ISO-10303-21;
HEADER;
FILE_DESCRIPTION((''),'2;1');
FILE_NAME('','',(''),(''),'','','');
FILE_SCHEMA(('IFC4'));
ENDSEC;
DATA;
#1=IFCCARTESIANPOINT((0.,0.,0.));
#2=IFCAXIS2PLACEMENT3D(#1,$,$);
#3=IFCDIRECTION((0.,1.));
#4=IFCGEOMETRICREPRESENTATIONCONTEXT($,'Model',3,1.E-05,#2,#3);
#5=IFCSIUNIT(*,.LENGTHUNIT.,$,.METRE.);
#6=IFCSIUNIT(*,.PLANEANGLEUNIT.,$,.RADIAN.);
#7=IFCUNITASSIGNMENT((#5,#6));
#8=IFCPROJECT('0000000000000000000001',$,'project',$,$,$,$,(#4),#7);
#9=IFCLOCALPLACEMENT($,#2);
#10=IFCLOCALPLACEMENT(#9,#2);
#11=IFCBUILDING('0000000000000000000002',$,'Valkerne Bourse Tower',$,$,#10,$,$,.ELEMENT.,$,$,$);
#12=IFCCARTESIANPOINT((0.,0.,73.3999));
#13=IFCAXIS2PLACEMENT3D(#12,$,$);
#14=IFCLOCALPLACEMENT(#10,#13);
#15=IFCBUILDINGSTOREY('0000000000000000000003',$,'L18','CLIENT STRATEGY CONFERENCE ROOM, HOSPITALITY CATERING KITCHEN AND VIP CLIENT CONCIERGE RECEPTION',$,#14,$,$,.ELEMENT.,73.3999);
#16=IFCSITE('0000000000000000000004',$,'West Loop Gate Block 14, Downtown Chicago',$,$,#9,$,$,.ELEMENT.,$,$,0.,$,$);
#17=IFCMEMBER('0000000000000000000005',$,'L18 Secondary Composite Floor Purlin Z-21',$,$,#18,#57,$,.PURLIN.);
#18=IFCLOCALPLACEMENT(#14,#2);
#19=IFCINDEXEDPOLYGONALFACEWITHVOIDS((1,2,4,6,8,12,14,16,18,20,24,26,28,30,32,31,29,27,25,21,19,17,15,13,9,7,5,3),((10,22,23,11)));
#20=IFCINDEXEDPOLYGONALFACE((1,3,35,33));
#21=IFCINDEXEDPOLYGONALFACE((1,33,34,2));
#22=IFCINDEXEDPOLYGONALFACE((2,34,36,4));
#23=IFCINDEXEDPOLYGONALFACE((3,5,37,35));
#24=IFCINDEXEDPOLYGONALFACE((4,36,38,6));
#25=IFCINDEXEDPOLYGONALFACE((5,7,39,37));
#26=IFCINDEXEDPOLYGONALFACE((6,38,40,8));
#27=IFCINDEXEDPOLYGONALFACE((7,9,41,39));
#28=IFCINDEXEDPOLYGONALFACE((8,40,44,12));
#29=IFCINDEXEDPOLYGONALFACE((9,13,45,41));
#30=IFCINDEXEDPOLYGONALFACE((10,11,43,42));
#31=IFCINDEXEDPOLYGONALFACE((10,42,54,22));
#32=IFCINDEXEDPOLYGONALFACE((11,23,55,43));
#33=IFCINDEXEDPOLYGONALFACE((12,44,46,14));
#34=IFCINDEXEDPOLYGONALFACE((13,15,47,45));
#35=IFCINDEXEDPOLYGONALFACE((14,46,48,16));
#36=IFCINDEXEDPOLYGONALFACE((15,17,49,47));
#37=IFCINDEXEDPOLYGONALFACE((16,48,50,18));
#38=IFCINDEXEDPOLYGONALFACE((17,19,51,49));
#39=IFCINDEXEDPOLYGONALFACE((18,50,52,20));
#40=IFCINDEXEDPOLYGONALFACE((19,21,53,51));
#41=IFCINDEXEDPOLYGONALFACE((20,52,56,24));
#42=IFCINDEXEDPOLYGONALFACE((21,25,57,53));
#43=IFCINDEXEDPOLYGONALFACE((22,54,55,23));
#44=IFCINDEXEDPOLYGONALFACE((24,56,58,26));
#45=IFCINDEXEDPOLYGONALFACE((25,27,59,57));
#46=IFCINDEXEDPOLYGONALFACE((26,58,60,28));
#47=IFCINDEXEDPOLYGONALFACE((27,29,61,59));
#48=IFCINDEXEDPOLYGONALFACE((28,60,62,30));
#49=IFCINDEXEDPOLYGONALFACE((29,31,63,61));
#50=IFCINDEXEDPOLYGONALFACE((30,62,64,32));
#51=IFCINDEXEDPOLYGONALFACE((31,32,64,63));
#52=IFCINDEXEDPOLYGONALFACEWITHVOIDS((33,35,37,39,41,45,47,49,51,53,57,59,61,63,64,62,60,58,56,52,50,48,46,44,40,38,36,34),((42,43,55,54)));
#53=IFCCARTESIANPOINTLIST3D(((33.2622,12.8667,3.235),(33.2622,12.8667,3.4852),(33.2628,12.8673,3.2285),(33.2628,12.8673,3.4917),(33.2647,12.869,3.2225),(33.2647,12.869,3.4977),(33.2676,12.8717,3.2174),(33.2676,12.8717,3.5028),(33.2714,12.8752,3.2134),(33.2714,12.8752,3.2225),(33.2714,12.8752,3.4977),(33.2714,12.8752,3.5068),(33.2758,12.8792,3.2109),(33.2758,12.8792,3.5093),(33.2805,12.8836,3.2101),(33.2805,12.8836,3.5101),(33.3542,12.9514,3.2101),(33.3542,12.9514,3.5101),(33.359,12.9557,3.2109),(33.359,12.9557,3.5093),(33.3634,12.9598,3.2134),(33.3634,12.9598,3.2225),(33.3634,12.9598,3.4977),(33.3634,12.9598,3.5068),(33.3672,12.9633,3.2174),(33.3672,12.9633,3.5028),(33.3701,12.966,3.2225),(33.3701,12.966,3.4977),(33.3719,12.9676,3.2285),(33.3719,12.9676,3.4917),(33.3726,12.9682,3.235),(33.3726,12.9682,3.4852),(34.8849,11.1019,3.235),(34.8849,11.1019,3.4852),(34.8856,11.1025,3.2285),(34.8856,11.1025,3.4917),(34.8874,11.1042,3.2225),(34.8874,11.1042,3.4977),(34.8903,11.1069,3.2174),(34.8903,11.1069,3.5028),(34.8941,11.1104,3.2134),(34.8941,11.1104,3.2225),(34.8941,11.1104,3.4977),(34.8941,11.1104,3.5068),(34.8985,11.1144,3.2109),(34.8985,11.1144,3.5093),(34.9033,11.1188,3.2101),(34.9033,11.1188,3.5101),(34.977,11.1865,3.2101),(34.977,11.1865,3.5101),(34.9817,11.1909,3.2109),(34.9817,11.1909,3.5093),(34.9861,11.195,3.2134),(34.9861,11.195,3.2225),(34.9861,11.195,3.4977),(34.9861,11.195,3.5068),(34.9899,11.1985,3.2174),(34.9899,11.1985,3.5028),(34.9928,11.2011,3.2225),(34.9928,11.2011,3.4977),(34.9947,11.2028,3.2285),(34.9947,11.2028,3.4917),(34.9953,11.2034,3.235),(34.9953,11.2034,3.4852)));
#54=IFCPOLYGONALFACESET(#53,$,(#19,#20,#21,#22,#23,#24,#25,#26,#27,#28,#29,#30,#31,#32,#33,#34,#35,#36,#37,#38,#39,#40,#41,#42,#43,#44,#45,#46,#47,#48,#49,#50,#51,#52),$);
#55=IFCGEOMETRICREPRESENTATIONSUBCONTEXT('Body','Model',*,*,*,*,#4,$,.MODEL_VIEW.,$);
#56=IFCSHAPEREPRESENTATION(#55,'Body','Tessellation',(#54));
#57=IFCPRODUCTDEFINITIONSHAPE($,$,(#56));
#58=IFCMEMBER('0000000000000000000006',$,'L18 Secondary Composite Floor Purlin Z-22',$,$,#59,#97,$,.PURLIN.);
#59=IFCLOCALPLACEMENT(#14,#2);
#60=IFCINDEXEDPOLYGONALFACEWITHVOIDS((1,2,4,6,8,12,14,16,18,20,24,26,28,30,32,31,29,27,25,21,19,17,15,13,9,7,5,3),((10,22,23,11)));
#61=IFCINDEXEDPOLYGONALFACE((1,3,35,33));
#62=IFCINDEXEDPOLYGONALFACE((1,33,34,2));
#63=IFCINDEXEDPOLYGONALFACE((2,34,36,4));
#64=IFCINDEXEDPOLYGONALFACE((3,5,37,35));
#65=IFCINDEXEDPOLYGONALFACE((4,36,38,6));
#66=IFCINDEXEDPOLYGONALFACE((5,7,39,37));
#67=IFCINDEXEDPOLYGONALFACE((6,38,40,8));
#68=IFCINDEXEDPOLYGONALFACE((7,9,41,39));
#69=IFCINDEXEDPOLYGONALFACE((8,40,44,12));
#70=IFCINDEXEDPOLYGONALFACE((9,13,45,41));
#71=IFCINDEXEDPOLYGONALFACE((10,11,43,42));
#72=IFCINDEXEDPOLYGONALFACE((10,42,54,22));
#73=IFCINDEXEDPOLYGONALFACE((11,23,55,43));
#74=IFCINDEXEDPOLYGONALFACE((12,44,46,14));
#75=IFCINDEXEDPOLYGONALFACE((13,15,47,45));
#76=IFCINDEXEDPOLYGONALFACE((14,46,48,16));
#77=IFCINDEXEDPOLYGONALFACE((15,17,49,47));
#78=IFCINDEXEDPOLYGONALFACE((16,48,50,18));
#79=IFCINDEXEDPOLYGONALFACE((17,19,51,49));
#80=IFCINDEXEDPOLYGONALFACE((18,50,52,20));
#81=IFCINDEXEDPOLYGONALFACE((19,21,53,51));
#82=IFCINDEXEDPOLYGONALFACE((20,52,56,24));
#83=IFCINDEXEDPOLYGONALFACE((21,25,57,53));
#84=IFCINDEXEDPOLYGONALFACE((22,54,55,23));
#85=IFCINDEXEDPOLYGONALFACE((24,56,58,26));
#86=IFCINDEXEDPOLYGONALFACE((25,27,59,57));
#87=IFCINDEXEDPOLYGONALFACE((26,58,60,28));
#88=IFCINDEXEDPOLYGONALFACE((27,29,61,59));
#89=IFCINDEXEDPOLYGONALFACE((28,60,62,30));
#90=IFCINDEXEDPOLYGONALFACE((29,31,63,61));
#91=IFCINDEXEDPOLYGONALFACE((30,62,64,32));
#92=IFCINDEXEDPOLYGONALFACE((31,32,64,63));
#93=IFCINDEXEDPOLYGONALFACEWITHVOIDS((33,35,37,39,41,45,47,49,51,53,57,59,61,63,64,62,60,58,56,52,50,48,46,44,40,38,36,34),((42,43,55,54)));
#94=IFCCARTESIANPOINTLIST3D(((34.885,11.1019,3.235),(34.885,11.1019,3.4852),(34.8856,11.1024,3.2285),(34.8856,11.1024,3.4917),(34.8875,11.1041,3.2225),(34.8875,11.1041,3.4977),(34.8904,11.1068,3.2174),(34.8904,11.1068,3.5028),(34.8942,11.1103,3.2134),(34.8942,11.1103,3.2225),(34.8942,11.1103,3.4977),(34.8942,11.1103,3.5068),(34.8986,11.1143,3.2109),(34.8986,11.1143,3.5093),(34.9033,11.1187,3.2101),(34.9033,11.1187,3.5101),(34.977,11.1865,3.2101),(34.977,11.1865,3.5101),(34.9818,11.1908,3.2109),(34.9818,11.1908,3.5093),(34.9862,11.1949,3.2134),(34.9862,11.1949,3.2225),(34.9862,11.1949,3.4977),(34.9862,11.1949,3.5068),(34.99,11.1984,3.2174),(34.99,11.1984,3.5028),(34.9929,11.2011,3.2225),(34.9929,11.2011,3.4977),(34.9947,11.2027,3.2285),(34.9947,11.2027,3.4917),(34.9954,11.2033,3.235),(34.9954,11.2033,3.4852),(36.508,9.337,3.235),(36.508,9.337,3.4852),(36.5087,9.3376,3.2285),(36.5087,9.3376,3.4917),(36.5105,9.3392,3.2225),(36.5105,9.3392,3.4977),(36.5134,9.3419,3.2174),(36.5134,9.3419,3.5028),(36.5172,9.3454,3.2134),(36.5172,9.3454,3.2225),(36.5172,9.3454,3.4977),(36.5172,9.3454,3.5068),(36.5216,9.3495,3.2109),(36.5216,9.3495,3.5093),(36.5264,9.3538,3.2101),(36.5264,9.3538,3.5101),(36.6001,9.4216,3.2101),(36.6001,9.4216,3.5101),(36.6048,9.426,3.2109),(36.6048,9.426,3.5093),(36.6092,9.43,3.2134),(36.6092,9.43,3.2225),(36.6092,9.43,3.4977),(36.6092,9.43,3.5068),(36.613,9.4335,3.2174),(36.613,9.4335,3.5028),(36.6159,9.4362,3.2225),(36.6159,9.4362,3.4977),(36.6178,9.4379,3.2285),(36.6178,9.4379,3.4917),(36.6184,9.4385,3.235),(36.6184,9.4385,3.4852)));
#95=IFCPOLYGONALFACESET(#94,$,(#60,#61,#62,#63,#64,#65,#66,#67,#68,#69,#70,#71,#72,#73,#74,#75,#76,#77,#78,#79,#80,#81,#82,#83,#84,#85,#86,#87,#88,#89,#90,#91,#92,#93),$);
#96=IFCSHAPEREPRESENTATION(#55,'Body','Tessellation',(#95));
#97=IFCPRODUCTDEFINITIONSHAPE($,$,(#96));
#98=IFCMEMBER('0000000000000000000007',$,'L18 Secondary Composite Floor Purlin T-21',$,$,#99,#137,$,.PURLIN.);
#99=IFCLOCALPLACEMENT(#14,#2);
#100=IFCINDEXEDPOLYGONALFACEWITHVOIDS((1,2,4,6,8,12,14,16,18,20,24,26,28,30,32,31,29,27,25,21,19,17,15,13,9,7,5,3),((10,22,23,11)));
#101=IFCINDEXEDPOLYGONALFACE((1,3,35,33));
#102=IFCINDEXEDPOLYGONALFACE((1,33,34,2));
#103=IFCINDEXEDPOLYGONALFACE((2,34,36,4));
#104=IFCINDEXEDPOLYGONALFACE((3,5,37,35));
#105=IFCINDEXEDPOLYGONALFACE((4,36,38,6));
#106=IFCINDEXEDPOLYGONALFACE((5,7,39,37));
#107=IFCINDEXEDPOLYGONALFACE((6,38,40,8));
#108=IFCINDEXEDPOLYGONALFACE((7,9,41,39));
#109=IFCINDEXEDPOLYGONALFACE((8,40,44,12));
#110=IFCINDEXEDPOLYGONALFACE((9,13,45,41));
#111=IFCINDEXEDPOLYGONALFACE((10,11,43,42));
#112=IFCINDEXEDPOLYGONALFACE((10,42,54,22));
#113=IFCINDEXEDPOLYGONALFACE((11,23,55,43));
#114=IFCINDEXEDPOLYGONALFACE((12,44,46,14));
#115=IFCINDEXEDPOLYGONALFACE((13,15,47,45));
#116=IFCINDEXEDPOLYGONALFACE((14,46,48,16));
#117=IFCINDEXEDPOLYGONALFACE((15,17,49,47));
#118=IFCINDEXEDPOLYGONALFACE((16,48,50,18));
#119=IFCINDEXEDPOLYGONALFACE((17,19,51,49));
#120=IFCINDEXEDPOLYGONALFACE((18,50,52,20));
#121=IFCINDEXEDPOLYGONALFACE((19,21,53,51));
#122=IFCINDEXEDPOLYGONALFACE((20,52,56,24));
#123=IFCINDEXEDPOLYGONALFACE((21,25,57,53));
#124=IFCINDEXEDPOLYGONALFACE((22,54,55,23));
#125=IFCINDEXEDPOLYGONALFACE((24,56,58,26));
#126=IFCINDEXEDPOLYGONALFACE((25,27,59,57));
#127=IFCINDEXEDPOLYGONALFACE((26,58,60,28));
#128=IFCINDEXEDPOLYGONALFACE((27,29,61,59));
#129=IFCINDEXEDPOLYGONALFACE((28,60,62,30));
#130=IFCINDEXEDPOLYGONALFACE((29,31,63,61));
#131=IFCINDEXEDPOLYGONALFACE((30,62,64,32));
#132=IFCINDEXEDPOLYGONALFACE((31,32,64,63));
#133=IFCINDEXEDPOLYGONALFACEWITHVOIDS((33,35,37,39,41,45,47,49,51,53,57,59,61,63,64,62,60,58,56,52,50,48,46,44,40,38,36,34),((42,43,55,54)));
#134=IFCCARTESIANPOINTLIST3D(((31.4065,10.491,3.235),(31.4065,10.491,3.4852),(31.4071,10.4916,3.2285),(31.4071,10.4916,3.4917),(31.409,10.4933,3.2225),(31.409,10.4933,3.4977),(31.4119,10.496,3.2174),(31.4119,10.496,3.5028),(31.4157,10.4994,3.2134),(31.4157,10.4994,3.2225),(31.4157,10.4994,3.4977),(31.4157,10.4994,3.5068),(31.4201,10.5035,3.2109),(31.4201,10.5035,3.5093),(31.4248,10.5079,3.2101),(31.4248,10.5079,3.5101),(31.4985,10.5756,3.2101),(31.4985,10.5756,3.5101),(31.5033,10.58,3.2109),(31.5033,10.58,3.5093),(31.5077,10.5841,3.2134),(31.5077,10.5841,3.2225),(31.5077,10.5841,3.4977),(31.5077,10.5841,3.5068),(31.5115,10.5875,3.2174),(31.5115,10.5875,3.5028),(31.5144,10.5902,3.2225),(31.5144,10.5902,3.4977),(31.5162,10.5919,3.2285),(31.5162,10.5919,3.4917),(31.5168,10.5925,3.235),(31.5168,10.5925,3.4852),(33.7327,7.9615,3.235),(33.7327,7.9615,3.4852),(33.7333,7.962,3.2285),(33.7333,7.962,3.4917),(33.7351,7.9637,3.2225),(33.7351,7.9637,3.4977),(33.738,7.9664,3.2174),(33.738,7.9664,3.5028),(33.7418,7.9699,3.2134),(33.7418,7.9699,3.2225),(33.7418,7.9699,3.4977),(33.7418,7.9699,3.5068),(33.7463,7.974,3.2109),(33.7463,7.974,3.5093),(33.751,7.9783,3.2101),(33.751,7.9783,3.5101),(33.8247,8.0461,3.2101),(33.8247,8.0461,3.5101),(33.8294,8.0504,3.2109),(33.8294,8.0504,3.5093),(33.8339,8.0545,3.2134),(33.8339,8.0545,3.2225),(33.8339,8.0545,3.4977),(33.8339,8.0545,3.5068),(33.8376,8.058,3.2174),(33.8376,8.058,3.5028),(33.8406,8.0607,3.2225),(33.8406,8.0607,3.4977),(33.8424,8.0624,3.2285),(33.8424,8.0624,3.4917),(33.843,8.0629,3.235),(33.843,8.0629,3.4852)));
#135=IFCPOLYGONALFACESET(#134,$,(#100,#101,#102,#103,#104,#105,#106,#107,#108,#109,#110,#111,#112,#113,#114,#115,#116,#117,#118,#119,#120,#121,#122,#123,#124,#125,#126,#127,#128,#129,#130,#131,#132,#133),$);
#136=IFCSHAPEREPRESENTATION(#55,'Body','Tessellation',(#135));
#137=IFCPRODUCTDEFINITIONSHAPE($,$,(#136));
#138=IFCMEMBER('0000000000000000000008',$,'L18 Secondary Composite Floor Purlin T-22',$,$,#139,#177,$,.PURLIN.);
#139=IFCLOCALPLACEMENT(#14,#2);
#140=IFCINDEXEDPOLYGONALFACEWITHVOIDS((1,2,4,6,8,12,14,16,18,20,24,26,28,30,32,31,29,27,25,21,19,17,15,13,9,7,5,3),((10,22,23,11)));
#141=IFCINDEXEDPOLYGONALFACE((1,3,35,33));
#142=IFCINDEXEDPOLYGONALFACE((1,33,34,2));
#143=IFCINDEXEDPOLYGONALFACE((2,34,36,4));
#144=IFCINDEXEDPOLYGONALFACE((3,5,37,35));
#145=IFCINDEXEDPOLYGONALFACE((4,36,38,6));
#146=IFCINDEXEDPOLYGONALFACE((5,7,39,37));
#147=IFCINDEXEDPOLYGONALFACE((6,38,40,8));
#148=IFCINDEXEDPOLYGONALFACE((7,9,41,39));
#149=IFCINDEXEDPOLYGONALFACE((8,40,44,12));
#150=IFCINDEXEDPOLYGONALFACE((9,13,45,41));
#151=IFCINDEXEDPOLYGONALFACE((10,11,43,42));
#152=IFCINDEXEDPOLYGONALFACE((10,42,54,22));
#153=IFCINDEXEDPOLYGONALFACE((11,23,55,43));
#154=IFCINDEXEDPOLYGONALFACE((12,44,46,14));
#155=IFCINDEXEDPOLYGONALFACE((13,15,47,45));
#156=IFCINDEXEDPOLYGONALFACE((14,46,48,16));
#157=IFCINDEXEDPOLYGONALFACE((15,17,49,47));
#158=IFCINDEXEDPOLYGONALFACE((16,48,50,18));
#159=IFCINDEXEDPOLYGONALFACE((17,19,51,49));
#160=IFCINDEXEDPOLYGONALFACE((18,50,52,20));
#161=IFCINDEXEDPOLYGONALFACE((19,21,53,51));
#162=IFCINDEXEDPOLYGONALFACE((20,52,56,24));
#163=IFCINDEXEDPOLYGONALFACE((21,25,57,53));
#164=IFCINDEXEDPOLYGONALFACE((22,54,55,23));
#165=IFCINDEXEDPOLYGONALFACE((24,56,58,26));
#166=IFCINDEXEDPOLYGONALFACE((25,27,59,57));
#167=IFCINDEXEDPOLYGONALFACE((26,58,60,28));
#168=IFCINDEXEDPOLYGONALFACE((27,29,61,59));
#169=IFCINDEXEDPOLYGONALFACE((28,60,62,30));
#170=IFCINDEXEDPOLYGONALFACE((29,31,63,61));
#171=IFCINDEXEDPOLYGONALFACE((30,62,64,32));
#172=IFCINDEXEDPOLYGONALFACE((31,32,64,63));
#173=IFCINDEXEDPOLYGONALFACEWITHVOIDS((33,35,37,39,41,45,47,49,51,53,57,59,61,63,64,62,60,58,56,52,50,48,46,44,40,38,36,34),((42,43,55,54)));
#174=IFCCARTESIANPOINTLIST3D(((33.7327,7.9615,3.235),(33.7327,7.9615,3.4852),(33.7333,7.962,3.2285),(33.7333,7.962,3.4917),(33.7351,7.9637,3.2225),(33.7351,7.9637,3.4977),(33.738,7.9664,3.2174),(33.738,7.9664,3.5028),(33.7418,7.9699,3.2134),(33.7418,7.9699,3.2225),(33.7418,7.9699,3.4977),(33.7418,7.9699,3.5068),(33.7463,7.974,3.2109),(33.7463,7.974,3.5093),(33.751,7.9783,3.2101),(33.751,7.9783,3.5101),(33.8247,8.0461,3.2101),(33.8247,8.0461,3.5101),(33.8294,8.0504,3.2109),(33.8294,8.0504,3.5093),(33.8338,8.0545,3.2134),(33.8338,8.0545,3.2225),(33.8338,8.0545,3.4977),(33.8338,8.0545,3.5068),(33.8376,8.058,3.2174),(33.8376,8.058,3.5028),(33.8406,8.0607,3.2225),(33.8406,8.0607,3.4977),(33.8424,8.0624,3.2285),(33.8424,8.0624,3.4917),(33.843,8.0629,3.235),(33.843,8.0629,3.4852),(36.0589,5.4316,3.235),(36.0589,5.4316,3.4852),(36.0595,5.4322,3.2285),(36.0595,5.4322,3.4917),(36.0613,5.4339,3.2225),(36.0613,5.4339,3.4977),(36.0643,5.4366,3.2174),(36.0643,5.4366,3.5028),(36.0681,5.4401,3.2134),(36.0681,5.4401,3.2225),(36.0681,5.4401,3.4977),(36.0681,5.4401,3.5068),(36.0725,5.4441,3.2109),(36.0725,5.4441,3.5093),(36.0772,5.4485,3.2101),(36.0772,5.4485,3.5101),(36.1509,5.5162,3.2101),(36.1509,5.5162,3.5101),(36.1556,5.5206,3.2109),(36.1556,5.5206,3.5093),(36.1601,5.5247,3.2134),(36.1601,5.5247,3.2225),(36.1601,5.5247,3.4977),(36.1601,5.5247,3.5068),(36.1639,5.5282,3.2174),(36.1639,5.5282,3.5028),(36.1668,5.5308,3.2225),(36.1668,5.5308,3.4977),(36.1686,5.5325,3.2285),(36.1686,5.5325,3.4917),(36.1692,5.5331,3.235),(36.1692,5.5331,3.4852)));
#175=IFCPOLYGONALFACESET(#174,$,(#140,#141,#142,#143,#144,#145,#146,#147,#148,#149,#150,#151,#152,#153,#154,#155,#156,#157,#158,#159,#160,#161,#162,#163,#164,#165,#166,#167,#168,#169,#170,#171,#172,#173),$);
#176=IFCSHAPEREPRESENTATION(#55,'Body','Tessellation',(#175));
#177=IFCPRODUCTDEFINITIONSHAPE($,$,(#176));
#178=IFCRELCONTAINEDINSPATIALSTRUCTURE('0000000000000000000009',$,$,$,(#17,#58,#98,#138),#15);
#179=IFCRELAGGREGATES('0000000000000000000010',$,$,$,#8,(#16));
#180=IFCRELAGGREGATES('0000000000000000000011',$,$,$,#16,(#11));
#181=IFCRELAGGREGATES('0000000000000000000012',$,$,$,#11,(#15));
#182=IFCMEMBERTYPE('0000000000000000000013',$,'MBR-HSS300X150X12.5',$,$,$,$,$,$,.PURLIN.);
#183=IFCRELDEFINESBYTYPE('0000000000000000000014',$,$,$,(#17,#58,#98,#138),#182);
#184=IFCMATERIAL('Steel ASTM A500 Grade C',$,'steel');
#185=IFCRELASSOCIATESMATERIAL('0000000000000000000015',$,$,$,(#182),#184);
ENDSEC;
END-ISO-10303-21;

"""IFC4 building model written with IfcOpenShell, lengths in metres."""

from ifc_helpers import new_model, si_unit, direction, frame, origin, origin_2d, place, context, subcontext, project, spatial, hollow_rectangle, extrude, material, material_profile, profile_set, type_object, element, save


model = new_model("IFC4")

# Units and contexts
model_context = context("Model", 3, precision=1e-05, world=origin(), true_north=direction((0.0, 1.0)))
body_context = subcontext(model_context, "Body", "Model", "MODEL_VIEW")
ifc_project = project(units=[si_unit("LENGTHUNIT", "METRE"), si_unit("PLANEANGLEUNIT", "RADIAN")], contexts=[model_context])

# Site, building, storey
site_placement = place(None, origin())
site = spatial("IfcSite", under=ifc_project, at=site_placement, Name="West Loop Gate Block 14, Downtown Chicago", CompositionType="ELEMENT", RefElevation=0.0)
building_placement = place(site_placement, origin())
building = spatial("IfcBuilding", under=site, at=building_placement, Name="Valkerne Bourse Tower", CompositionType="ELEMENT")
storey_placement = place(building_placement, frame((0.0, 0.0, 73.3999)))
storey = spatial("IfcBuildingStorey", under=building, at=storey_placement, Name="L18", Description="CLIENT STRATEGY CONFERENCE ROOM, HOSPITALITY CATERING KITCHEN AND VIP CLIENT CONCIERGE RECEPTION", CompositionType="ELEMENT", Elevation=73.3999)

# Members
ifc_material_1 = material(Name="Steel ASTM A500 Grade C", Category="steel")
ifc_material_profile_1 = material_profile(ifc_material_1, hollow_rectangle(XDim=0.1499, YDim=0.3, WallThickness=0.0125, OuterFilletRadius=0.0249, at=origin_2d()), Name="HSS300X150X12.5")
ifc_profile_set_1 = profile_set([ifc_material_profile_1], Name="Steel ASTM A500 Grade C")
member_type_1 = type_object("IfcMemberType", Name="MBR-HSS300X150X12.5", PredefinedType="PURLIN", material=ifc_profile_set_1)
for number, where, z_axis, x_axis, name in (
    (1, (33.3174, 12.9175, 3.3601), (0.676854, -0.736118, 0.0), (0.736118, 0.676854, 0.0), "L18 Secondary Composite Floor Purlin Z-21"),
):
    element("IfcMember", number, at=place(storey_placement, frame(where, z_axis=z_axis, x_axis=x_axis)), inside=storey, type_object=member_type_1, Name=name, PredefinedType="PURLIN", context=body_context, shape_type="SweptSolid", body=[
        extrude(hollow_rectangle(XDim=0.1499, YDim=0.3, WallThickness=0.0125, OuterFilletRadius=0.0249, at=origin_2d()), origin(), (0.0, 0.0, 1.0), 2.3975),
    ])
member_1_placement = place(storey_placement, frame((34.9402, 11.1526, 3.3601), z_axis=(0.676909, -0.736067, 0.0), x_axis=(0.736067, 0.676909, 0.0)))
element("IfcMember", 2, at=member_1_placement, inside=storey, type_object=member_type_1, Name="L18 Secondary Composite Floor Purlin Z-22", PredefinedType="PURLIN", context=body_context, shape_type="SweptSolid", body=[
    extrude(hollow_rectangle(XDim=0.1499, YDim=0.3, WallThickness=0.0125, OuterFilletRadius=0.0249, at=origin_2d()), origin(), (0.0, 0.0, 1.0), 2.3977),
])
member_2_placement = place(storey_placement, frame((31.4617, 10.5417, 3.3601), z_axis=(0.676898, -0.736077, 0.0), x_axis=(0.736077, 0.676898, 0.0)))
element("IfcMember", 3, at=member_2_placement, inside=storey, type_object=member_type_1, Name="L18 Secondary Composite Floor Purlin T-21", PredefinedType="PURLIN", context=body_context, shape_type="SweptSolid", body=[
    extrude(hollow_rectangle(XDim=0.1499, YDim=0.3, WallThickness=0.0125, OuterFilletRadius=0.0249, at=origin_2d()), origin(), (0.0, 0.0, 1.0), 3.4365),
])
member_3_placement = place(storey_placement, frame((33.7878, 8.0122, 3.3601), z_axis=(0.676863, -0.736109, 0.0), x_axis=(0.736109, 0.676863, 0.0)))
element("IfcMember", 4, at=member_3_placement, inside=storey, type_object=member_type_1, Name="L18 Secondary Composite Floor Purlin T-22", PredefinedType="PURLIN", context=body_context, shape_type="SweptSolid", body=[
    extrude(hollow_rectangle(XDim=0.1499, YDim=0.3, WallThickness=0.0125, OuterFilletRadius=0.0249, at=origin_2d()), origin(), (0.0, 0.0, 1.0), 3.4368),
])

save(model, "model.ifc")
